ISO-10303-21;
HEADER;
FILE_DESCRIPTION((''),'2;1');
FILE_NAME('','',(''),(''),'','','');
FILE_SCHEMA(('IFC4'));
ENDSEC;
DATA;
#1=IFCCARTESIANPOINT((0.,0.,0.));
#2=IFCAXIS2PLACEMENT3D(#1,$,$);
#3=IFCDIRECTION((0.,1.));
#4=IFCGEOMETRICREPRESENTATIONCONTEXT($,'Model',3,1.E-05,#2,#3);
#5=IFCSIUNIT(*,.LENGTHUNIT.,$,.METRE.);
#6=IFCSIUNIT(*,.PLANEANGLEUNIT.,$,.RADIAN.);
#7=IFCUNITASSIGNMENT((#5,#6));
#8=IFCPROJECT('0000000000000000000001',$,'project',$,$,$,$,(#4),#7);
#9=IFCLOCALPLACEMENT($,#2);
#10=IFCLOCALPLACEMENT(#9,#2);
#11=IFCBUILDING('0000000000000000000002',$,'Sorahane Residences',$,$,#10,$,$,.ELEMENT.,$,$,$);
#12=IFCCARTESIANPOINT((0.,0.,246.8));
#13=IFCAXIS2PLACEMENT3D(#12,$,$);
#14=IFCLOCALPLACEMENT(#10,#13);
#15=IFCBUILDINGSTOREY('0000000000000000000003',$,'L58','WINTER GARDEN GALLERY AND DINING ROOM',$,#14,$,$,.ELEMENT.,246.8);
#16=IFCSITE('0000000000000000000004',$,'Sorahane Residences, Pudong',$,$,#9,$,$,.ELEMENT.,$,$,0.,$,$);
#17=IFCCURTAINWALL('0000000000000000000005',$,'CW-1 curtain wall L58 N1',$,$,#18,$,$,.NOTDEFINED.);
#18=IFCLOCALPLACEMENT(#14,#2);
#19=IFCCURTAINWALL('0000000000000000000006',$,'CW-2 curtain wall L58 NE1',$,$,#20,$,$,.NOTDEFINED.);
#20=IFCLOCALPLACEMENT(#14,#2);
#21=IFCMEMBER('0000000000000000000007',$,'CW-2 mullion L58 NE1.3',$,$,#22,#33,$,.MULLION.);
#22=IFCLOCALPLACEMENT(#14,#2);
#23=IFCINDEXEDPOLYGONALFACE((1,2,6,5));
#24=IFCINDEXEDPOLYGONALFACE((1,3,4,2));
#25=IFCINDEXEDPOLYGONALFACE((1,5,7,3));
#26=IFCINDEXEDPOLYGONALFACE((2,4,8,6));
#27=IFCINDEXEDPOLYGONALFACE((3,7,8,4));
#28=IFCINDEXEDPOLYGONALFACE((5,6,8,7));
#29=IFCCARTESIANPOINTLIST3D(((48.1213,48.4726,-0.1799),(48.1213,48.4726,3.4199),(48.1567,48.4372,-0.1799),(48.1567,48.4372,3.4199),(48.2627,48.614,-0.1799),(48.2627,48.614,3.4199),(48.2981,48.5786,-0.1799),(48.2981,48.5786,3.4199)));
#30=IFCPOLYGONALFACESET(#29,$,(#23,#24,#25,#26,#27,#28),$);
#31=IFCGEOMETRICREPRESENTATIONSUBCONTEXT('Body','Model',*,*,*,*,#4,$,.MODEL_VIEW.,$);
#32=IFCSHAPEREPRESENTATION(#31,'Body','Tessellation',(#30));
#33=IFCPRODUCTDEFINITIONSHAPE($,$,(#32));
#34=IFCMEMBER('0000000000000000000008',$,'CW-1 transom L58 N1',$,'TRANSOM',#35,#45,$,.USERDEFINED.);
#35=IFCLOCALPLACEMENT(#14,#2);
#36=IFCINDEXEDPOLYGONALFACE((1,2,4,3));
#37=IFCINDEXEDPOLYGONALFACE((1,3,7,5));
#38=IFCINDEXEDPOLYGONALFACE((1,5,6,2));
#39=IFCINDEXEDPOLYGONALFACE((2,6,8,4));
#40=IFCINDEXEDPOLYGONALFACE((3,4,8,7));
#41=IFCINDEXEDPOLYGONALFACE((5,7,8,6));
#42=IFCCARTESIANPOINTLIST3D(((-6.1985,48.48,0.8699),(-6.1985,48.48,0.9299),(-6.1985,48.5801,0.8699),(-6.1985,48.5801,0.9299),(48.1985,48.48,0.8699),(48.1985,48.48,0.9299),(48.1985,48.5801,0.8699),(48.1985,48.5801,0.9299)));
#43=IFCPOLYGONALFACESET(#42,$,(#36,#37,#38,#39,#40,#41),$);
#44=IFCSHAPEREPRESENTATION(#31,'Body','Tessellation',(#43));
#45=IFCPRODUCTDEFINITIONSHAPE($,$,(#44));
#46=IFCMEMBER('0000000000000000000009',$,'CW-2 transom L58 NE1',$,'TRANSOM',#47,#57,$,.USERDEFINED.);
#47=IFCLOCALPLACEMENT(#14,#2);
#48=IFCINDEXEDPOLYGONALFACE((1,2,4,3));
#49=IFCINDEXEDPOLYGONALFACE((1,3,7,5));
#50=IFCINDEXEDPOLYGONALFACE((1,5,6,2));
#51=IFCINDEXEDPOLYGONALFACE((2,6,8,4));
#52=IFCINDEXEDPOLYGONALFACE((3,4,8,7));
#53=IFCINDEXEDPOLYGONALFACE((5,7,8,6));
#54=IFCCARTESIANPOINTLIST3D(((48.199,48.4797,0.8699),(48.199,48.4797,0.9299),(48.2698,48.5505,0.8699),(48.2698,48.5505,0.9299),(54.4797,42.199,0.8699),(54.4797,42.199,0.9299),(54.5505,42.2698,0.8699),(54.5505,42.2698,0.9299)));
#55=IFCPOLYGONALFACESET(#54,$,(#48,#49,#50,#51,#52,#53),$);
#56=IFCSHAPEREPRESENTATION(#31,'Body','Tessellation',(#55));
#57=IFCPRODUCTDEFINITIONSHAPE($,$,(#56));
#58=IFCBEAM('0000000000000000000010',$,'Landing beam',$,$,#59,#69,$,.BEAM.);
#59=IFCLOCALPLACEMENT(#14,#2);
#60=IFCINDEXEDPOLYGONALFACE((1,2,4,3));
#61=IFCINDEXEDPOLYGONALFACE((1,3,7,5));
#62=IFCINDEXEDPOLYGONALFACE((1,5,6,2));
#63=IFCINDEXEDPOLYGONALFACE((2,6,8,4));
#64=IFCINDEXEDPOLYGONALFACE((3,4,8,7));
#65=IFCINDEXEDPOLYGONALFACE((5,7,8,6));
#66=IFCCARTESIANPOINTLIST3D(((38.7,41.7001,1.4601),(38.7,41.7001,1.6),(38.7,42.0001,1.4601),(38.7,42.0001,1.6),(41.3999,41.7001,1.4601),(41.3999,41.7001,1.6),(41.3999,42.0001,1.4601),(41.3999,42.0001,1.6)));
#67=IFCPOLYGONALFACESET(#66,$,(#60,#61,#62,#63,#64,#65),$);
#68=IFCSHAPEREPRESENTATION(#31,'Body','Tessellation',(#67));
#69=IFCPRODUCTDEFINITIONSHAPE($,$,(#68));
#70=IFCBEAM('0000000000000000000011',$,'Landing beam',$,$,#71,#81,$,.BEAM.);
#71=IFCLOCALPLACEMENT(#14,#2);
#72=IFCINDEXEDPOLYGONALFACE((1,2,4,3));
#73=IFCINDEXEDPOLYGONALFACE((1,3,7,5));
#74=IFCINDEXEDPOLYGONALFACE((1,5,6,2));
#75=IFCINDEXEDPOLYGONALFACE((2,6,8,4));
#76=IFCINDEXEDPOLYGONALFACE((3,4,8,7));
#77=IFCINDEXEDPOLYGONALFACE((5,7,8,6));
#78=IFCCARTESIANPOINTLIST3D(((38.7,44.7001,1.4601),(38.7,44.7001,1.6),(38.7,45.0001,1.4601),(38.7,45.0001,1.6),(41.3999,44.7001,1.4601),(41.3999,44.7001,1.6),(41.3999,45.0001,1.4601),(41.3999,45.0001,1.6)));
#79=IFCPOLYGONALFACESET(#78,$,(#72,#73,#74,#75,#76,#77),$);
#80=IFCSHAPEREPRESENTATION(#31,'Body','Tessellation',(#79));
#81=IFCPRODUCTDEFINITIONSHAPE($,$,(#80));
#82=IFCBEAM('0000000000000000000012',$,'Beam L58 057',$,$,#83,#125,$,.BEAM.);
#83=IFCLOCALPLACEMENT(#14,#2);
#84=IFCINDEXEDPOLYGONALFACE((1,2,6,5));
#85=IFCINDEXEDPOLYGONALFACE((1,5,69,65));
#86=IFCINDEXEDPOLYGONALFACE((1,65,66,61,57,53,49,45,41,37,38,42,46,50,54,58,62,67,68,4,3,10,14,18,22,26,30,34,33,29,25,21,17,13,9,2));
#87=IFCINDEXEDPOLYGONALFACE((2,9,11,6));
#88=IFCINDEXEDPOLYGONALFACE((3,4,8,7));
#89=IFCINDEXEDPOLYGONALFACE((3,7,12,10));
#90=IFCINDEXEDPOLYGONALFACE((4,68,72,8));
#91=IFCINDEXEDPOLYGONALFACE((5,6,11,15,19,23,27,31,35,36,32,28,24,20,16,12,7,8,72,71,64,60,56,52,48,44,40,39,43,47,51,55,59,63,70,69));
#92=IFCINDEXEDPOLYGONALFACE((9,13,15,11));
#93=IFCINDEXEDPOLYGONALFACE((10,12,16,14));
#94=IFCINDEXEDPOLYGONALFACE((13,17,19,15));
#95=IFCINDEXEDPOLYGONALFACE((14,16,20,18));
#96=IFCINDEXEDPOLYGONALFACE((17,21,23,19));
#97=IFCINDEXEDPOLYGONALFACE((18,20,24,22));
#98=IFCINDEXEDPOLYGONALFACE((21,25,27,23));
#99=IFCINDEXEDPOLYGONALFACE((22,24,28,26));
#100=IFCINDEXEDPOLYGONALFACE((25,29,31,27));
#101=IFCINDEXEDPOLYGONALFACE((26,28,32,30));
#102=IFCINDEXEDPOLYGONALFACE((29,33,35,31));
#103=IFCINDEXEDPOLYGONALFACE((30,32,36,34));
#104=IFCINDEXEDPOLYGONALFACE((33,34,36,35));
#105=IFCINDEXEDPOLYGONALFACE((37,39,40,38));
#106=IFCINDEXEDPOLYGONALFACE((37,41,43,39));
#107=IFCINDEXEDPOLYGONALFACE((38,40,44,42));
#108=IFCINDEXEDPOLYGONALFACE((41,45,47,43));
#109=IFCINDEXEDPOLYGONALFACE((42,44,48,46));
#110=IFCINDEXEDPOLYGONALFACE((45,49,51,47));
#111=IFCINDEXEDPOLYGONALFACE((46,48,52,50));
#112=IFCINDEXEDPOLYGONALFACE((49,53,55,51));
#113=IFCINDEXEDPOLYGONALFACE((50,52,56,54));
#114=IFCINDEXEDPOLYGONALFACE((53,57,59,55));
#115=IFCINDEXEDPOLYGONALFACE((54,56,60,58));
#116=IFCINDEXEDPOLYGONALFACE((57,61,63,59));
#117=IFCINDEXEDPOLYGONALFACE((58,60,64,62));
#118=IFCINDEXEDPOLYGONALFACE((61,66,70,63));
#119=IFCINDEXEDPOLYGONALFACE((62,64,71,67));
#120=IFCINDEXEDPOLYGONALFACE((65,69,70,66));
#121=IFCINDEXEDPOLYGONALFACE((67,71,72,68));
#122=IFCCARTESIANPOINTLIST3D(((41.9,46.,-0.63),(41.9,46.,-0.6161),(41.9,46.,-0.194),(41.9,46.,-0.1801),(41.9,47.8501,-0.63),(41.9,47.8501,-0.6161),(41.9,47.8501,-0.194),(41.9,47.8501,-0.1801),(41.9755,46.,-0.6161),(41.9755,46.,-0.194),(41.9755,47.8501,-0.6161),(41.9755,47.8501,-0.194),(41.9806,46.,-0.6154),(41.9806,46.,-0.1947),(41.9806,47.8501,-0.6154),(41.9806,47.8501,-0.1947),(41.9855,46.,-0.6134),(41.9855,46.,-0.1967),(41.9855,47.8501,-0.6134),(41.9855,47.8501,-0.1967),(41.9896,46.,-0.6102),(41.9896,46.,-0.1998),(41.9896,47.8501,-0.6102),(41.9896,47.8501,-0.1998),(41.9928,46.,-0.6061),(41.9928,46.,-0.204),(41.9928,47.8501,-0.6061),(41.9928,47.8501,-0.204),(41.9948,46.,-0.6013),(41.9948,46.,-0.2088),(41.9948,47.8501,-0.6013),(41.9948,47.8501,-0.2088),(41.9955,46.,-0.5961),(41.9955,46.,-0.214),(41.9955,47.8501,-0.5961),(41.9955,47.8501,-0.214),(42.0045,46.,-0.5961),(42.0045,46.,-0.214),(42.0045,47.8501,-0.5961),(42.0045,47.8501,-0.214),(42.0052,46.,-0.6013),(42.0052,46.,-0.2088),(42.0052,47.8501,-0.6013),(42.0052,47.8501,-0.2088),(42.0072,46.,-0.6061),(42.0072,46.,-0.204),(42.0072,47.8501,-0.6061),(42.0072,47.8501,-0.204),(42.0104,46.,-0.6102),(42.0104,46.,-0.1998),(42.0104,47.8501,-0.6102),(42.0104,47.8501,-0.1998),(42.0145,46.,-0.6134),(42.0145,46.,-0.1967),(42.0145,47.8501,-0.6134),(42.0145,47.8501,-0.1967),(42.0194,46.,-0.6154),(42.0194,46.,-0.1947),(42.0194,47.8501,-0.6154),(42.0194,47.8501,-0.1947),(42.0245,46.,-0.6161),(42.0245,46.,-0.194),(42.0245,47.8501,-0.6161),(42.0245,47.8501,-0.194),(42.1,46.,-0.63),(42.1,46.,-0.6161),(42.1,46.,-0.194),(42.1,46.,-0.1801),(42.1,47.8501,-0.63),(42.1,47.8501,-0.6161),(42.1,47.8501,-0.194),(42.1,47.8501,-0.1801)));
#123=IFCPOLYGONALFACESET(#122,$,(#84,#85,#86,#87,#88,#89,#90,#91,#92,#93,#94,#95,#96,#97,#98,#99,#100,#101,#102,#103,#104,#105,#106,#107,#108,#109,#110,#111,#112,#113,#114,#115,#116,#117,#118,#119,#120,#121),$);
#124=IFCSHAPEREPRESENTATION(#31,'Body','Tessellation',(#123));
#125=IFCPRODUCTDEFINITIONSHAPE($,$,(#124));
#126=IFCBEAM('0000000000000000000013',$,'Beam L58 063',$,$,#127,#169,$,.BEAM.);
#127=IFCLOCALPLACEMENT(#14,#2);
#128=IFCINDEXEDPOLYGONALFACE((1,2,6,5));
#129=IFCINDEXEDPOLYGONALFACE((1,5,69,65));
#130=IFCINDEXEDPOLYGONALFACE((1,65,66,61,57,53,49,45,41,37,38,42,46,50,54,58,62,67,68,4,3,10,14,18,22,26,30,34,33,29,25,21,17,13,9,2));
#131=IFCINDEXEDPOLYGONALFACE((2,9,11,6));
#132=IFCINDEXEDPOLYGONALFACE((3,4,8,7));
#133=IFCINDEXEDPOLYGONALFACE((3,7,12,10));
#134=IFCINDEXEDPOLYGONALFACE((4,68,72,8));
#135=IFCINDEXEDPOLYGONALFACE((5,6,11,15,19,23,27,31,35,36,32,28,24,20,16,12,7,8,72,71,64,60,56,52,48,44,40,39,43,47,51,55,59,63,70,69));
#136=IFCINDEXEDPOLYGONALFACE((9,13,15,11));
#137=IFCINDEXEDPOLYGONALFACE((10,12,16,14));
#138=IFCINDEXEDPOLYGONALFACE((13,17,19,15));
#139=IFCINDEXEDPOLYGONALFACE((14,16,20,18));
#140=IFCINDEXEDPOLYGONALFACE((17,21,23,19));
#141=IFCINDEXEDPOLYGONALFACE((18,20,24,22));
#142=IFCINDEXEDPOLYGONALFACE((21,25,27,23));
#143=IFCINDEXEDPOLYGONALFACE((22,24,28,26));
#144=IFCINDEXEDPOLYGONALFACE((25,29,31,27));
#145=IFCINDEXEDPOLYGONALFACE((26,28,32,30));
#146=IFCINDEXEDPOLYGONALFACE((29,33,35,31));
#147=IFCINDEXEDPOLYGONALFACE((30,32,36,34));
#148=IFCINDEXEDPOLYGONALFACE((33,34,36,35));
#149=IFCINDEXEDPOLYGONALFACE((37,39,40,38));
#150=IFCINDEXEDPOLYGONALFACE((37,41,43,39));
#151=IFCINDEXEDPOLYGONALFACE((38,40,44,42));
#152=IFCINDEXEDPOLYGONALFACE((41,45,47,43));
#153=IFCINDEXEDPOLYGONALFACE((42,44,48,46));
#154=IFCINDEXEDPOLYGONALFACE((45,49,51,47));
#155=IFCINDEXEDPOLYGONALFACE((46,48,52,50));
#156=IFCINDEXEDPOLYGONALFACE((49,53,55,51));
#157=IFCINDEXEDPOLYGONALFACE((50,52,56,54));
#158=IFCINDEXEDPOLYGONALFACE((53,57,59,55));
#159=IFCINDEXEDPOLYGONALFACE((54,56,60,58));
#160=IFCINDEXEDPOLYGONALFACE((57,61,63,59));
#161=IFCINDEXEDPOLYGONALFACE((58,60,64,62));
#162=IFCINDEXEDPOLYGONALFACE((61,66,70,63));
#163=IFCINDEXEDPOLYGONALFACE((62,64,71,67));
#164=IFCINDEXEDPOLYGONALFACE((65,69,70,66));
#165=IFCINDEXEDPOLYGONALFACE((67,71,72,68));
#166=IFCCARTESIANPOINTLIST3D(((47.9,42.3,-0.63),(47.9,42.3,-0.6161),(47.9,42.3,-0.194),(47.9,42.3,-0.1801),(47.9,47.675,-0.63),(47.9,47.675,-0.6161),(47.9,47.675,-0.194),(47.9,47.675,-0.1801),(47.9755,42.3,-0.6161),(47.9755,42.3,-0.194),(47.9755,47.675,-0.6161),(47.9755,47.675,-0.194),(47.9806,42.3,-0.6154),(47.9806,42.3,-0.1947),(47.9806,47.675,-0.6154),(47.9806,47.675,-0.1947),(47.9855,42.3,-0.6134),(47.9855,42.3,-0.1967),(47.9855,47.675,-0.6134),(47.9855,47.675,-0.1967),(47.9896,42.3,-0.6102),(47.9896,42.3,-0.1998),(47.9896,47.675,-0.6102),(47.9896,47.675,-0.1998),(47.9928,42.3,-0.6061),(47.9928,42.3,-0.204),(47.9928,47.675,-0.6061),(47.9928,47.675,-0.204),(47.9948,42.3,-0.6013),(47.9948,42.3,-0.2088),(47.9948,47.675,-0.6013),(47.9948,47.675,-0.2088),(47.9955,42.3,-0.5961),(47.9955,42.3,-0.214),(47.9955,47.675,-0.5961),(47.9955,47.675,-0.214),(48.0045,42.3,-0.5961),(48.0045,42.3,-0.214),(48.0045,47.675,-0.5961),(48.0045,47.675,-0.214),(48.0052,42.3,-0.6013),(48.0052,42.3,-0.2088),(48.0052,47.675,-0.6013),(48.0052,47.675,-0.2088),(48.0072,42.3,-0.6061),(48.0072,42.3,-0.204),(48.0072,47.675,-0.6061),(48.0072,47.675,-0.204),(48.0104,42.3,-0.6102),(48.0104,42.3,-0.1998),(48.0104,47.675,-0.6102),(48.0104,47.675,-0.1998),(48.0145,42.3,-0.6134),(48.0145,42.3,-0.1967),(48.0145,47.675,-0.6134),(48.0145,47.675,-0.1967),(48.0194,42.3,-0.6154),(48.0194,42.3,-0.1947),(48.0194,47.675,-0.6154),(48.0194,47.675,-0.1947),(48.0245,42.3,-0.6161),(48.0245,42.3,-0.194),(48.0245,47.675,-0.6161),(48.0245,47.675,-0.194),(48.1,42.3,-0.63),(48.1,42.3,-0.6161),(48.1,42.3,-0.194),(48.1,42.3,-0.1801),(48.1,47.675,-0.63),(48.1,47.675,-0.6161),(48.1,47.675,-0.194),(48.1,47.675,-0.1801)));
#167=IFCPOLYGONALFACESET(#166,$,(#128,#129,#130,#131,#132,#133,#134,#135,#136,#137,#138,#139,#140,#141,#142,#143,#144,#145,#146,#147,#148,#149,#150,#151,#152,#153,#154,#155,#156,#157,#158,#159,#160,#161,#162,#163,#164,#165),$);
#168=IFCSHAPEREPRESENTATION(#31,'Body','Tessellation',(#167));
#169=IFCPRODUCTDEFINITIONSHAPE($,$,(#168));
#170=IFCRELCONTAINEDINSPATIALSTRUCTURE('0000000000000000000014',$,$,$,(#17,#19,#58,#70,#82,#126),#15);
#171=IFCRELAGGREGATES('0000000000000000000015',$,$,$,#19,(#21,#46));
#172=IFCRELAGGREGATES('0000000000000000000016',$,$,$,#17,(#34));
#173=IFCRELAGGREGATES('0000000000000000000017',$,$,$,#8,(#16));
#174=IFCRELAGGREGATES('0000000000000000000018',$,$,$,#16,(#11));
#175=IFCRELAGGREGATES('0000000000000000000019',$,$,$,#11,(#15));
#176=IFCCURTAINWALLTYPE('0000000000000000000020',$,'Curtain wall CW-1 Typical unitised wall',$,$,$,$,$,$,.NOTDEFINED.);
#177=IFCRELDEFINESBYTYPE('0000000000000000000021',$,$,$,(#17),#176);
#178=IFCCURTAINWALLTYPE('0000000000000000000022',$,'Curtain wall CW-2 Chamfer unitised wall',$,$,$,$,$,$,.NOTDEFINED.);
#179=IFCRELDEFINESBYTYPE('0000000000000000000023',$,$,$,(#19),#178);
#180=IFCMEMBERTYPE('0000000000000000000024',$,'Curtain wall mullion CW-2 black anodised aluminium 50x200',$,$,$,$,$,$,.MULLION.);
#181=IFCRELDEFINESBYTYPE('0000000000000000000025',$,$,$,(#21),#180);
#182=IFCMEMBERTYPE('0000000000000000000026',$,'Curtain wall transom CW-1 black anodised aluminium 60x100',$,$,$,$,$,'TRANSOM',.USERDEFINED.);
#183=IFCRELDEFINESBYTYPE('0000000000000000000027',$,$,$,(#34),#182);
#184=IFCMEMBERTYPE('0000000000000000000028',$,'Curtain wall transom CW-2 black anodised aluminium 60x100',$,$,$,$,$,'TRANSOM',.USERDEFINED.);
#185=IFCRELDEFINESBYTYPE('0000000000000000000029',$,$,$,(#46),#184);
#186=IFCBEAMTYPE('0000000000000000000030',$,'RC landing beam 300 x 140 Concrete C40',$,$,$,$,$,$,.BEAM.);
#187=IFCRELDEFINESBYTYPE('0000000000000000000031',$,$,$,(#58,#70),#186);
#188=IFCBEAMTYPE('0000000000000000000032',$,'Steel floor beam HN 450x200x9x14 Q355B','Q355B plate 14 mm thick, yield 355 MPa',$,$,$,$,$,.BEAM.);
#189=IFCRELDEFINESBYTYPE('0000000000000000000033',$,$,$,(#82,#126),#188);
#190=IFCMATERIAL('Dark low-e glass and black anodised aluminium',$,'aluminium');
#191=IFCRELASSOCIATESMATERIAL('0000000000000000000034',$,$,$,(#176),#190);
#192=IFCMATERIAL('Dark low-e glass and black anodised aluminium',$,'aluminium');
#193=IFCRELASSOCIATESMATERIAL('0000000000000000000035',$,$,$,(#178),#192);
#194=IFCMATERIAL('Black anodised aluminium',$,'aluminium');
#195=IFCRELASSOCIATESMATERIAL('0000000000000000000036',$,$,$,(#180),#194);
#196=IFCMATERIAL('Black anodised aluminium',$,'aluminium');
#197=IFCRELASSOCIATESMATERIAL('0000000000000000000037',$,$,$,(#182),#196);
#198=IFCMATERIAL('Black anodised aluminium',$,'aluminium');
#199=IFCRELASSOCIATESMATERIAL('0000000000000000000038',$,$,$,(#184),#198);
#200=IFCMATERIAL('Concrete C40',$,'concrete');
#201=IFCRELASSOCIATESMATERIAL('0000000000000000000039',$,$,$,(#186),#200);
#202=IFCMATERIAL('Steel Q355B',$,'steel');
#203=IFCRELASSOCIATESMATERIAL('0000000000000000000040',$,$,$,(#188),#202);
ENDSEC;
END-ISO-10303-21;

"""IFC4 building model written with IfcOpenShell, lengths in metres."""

from ifc_helpers import new_model, si_unit, direction, frame, origin, origin_2d, place, context, subcontext, project, spatial, rectangle, i_section, extrude, material, material_profile, profile_set, type_object, element, aggregate, save


model = new_model("IFC4")

# Units and contexts
model_context = context("Model", 3, precision=1e-05, world=origin(), true_north=direction((0.0, 1.0)))
body_context = subcontext(model_context, "Body", "Model", "MODEL_VIEW")
ifc_project = project(units=[si_unit("LENGTHUNIT", "METRE"), si_unit("PLANEANGLEUNIT", "RADIAN")], contexts=[model_context])

# Site, building, storey
site_placement = place(None, origin())
site = spatial("IfcSite", under=ifc_project, at=site_placement, Name="Sorahane Residences, Pudong", CompositionType="ELEMENT", RefElevation=0.0)
building_placement = place(site_placement, origin())
building = spatial("IfcBuilding", under=site, at=building_placement, Name="Sorahane Residences", CompositionType="ELEMENT")
storey_placement = place(building_placement, frame((0.0, 0.0, 246.8)))
storey = spatial("IfcBuildingStorey", under=building, at=storey_placement, Name="L58", Description="WINTER GARDEN GALLERY AND DINING ROOM", CompositionType="ELEMENT", Elevation=246.8)

# Curtain wall
ifc_material_1 = material(Name="Dark low-e glass and black anodised aluminium", Category="aluminium")
curtain_wall_type_1 = type_object("IfcCurtainWallType", Name="Curtain wall CW-1 Typical unitised wall", PredefinedType="NOTDEFINED", material=ifc_material_1)
curtain_wall_1_placement = place(storey_placement, origin())
curtain_wall_1 = element("IfcCurtainWall", 1, at=curtain_wall_1_placement, inside=storey, type_object=curtain_wall_type_1, Name="CW-1 curtain wall L58 N1", PredefinedType="NOTDEFINED")

# Curtain wall, member
ifc_material_2 = material(Name="Dark low-e glass and black anodised aluminium", Category="aluminium")
curtain_wall_type_2 = type_object("IfcCurtainWallType", Name="Curtain wall CW-2 Chamfer unitised wall", PredefinedType="NOTDEFINED", material=ifc_material_2)
curtain_wall_2_placement = place(storey_placement, origin())
curtain_wall_2 = element("IfcCurtainWall", 2, at=curtain_wall_2_placement, inside=storey, type_object=curtain_wall_type_2, Name="CW-2 curtain wall L58 NE1", PredefinedType="NOTDEFINED")
ifc_material_3 = material(Name="Black anodised aluminium", Category="aluminium")
ifc_material_profile_1 = material_profile(ifc_material_3, rectangle(XDim=0.2, YDim=0.05, at=origin_2d()), Name="Curtain wall mullion CW-2 black anodised aluminium 50x200")
ifc_profile_set_1 = profile_set([ifc_material_profile_1], Name="Black anodised aluminium")
member_type_1 = type_object("IfcMemberType", Name="Curtain wall mullion CW-2 black anodised aluminium 50x200", PredefinedType="MULLION", material=ifc_profile_set_1)
member_1_placement = place(storey_placement, frame((48.2097, 48.5256, -0.1799), z_axis=(0.0, 0.0, 1.0), x_axis=(0.707107, 0.707107, 0.0)))
member_1 = element("IfcMember", 3, at=member_1_placement, type_object=member_type_1, Name="CW-2 mullion L58 NE1.3", PredefinedType="MULLION", context=body_context, shape_type="SweptSolid", body=[
    extrude(rectangle(XDim=0.2, YDim=0.05, at=origin_2d()), origin(), (0.0, 0.0, 1.0), 3.5999),
])

# Members
ifc_material_4 = material(Name="Black anodised aluminium", Category="aluminium")
ifc_material_profile_2 = material_profile(ifc_material_4, rectangle(XDim=0.1001, YDim=0.0601, at=origin_2d()), Name="Curtain wall transom CW-1 black anodised aluminium 60x100")
ifc_profile_set_2 = profile_set([ifc_material_profile_2], Name="Black anodised aluminium")
member_type_2 = type_object("IfcMemberType", Name="Curtain wall transom CW-1 black anodised aluminium 60x100", ElementType="TRANSOM", PredefinedType="USERDEFINED", material=ifc_profile_set_2)
member_2_placement = place(storey_placement, frame((48.1985, 48.53, 0.8999), z_axis=(-1.0, 0.0, 0.0), x_axis=(0.0, -1.0, 0.0)))
member_2 = element("IfcMember", 4, at=member_2_placement, type_object=member_type_2, Name="CW-1 transom L58 N1", ObjectType="TRANSOM", PredefinedType="USERDEFINED", context=body_context, shape_type="SweptSolid", body=[
    extrude(rectangle(XDim=0.1001, YDim=0.0601, at=origin_2d()), origin(), (0.0, 0.0, 1.0), 54.397),
])
ifc_material_5 = material(Name="Black anodised aluminium", Category="aluminium")
ifc_material_profile_3 = material_profile(ifc_material_5, rectangle(XDim=0.1001, YDim=0.0601, at=origin_2d()), Name="Curtain wall transom CW-2 black anodised aluminium 60x100")
ifc_profile_set_3 = profile_set([ifc_material_profile_3], Name="Black anodised aluminium")
member_type_3 = type_object("IfcMemberType", Name="Curtain wall transom CW-2 black anodised aluminium 60x100", ElementType="TRANSOM", PredefinedType="USERDEFINED", material=ifc_profile_set_3)
member_3_placement = place(storey_placement, frame((54.5151, 42.2344, 0.8999), z_axis=(-0.707107, 0.707107, 0.0), x_axis=(-0.707107, -0.707107, 0.0)))
member_3 = element("IfcMember", 5, at=member_3_placement, type_object=member_type_3, Name="CW-2 transom L58 NE1", ObjectType="TRANSOM", PredefinedType="USERDEFINED", context=body_context, shape_type="SweptSolid", body=[
    extrude(rectangle(XDim=0.1001, YDim=0.0601, at=origin_2d()), origin(), (0.0, 0.0, 1.0), 8.8823),
])

# Beams
ifc_material_6 = material(Name="Concrete C40", Category="concrete")
ifc_material_profile_4 = material_profile(ifc_material_6, rectangle(XDim=0.3, YDim=0.1399, at=origin_2d()), Name="300x140")
ifc_profile_set_4 = profile_set([ifc_material_profile_4], Name="Concrete C40")
beam_type_1 = type_object("IfcBeamType", Name="RC landing beam 300 x 140 Concrete C40", PredefinedType="BEAM", material=ifc_profile_set_4)
for number, where, z_axis, x_axis, name in (
    (6, (38.7, 41.8501, 1.53), (1.0, 0.0, 0.0), (0.0, 1.0, 0.0), "Landing beam"),
    (7, (38.7, 44.8501, 1.53), (1.0, 0.0, 0.0), (0.0, 1.0, 0.0), "Landing beam"),
):
    element("IfcBeam", number, at=place(storey_placement, frame(where, z_axis=z_axis, x_axis=x_axis)), inside=storey, type_object=beam_type_1, Name=name, PredefinedType="BEAM", context=body_context, shape_type="SweptSolid", body=[
        extrude(rectangle(XDim=0.3, YDim=0.1399, at=origin_2d()), origin(), (0.0, 0.0, 1.0), 2.7),
    ])
ifc_material_7 = material(Name="Steel Q355B", Category="steel")
ifc_material_profile_5 = material_profile(ifc_material_7, i_section(OverallWidth=0.2, OverallDepth=0.45, WebThickness=0.009, FlangeThickness=0.0139, FilletRadius=0.02, at=origin_2d()), Name="HN 450x200x9x14")
ifc_profile_set_5 = profile_set([ifc_material_profile_5], Name="Steel Q355B")
beam_type_2 = type_object("IfcBeamType", Name="Steel floor beam HN 450x200x9x14 Q355B", Description="Q355B plate 14 mm thick, yield 355 MPa", PredefinedType="BEAM", material=ifc_profile_set_5)
beam_1_placement = place(storey_placement, frame((42.0, 46.0, -0.405), z_axis=(0.0, 1.0, 0.0), x_axis=(-1.0, 0.0, 0.0)))
element("IfcBeam", 8, at=beam_1_placement, inside=storey, type_object=beam_type_2, Name="Beam L58 057", PredefinedType="BEAM", context=body_context, shape_type="SweptSolid", body=[
    extrude(i_section(OverallWidth=0.2, OverallDepth=0.45, WebThickness=0.009, FlangeThickness=0.0139, FilletRadius=0.02, at=origin_2d()), origin(), (0.0, 0.0, 1.0), 1.8501),
])
beam_2_placement = place(storey_placement, frame((48.0, 42.3, -0.405), z_axis=(0.0, 1.0, 0.0), x_axis=(-1.0, 0.0, 0.0)))
element("IfcBeam", 9, at=beam_2_placement, inside=storey, type_object=beam_type_2, Name="Beam L58 063", PredefinedType="BEAM", context=body_context, shape_type="SweptSolid", body=[
    extrude(i_section(OverallWidth=0.2, OverallDepth=0.45, WebThickness=0.009, FlangeThickness=0.0139, FilletRadius=0.02, at=origin_2d()), origin(), (0.0, 0.0, 1.0), 5.375),
])

aggregate(curtain_wall_2, [member_1, member_3])
aggregate(curtain_wall_1, [member_2])

save(model, "model.ifc")
